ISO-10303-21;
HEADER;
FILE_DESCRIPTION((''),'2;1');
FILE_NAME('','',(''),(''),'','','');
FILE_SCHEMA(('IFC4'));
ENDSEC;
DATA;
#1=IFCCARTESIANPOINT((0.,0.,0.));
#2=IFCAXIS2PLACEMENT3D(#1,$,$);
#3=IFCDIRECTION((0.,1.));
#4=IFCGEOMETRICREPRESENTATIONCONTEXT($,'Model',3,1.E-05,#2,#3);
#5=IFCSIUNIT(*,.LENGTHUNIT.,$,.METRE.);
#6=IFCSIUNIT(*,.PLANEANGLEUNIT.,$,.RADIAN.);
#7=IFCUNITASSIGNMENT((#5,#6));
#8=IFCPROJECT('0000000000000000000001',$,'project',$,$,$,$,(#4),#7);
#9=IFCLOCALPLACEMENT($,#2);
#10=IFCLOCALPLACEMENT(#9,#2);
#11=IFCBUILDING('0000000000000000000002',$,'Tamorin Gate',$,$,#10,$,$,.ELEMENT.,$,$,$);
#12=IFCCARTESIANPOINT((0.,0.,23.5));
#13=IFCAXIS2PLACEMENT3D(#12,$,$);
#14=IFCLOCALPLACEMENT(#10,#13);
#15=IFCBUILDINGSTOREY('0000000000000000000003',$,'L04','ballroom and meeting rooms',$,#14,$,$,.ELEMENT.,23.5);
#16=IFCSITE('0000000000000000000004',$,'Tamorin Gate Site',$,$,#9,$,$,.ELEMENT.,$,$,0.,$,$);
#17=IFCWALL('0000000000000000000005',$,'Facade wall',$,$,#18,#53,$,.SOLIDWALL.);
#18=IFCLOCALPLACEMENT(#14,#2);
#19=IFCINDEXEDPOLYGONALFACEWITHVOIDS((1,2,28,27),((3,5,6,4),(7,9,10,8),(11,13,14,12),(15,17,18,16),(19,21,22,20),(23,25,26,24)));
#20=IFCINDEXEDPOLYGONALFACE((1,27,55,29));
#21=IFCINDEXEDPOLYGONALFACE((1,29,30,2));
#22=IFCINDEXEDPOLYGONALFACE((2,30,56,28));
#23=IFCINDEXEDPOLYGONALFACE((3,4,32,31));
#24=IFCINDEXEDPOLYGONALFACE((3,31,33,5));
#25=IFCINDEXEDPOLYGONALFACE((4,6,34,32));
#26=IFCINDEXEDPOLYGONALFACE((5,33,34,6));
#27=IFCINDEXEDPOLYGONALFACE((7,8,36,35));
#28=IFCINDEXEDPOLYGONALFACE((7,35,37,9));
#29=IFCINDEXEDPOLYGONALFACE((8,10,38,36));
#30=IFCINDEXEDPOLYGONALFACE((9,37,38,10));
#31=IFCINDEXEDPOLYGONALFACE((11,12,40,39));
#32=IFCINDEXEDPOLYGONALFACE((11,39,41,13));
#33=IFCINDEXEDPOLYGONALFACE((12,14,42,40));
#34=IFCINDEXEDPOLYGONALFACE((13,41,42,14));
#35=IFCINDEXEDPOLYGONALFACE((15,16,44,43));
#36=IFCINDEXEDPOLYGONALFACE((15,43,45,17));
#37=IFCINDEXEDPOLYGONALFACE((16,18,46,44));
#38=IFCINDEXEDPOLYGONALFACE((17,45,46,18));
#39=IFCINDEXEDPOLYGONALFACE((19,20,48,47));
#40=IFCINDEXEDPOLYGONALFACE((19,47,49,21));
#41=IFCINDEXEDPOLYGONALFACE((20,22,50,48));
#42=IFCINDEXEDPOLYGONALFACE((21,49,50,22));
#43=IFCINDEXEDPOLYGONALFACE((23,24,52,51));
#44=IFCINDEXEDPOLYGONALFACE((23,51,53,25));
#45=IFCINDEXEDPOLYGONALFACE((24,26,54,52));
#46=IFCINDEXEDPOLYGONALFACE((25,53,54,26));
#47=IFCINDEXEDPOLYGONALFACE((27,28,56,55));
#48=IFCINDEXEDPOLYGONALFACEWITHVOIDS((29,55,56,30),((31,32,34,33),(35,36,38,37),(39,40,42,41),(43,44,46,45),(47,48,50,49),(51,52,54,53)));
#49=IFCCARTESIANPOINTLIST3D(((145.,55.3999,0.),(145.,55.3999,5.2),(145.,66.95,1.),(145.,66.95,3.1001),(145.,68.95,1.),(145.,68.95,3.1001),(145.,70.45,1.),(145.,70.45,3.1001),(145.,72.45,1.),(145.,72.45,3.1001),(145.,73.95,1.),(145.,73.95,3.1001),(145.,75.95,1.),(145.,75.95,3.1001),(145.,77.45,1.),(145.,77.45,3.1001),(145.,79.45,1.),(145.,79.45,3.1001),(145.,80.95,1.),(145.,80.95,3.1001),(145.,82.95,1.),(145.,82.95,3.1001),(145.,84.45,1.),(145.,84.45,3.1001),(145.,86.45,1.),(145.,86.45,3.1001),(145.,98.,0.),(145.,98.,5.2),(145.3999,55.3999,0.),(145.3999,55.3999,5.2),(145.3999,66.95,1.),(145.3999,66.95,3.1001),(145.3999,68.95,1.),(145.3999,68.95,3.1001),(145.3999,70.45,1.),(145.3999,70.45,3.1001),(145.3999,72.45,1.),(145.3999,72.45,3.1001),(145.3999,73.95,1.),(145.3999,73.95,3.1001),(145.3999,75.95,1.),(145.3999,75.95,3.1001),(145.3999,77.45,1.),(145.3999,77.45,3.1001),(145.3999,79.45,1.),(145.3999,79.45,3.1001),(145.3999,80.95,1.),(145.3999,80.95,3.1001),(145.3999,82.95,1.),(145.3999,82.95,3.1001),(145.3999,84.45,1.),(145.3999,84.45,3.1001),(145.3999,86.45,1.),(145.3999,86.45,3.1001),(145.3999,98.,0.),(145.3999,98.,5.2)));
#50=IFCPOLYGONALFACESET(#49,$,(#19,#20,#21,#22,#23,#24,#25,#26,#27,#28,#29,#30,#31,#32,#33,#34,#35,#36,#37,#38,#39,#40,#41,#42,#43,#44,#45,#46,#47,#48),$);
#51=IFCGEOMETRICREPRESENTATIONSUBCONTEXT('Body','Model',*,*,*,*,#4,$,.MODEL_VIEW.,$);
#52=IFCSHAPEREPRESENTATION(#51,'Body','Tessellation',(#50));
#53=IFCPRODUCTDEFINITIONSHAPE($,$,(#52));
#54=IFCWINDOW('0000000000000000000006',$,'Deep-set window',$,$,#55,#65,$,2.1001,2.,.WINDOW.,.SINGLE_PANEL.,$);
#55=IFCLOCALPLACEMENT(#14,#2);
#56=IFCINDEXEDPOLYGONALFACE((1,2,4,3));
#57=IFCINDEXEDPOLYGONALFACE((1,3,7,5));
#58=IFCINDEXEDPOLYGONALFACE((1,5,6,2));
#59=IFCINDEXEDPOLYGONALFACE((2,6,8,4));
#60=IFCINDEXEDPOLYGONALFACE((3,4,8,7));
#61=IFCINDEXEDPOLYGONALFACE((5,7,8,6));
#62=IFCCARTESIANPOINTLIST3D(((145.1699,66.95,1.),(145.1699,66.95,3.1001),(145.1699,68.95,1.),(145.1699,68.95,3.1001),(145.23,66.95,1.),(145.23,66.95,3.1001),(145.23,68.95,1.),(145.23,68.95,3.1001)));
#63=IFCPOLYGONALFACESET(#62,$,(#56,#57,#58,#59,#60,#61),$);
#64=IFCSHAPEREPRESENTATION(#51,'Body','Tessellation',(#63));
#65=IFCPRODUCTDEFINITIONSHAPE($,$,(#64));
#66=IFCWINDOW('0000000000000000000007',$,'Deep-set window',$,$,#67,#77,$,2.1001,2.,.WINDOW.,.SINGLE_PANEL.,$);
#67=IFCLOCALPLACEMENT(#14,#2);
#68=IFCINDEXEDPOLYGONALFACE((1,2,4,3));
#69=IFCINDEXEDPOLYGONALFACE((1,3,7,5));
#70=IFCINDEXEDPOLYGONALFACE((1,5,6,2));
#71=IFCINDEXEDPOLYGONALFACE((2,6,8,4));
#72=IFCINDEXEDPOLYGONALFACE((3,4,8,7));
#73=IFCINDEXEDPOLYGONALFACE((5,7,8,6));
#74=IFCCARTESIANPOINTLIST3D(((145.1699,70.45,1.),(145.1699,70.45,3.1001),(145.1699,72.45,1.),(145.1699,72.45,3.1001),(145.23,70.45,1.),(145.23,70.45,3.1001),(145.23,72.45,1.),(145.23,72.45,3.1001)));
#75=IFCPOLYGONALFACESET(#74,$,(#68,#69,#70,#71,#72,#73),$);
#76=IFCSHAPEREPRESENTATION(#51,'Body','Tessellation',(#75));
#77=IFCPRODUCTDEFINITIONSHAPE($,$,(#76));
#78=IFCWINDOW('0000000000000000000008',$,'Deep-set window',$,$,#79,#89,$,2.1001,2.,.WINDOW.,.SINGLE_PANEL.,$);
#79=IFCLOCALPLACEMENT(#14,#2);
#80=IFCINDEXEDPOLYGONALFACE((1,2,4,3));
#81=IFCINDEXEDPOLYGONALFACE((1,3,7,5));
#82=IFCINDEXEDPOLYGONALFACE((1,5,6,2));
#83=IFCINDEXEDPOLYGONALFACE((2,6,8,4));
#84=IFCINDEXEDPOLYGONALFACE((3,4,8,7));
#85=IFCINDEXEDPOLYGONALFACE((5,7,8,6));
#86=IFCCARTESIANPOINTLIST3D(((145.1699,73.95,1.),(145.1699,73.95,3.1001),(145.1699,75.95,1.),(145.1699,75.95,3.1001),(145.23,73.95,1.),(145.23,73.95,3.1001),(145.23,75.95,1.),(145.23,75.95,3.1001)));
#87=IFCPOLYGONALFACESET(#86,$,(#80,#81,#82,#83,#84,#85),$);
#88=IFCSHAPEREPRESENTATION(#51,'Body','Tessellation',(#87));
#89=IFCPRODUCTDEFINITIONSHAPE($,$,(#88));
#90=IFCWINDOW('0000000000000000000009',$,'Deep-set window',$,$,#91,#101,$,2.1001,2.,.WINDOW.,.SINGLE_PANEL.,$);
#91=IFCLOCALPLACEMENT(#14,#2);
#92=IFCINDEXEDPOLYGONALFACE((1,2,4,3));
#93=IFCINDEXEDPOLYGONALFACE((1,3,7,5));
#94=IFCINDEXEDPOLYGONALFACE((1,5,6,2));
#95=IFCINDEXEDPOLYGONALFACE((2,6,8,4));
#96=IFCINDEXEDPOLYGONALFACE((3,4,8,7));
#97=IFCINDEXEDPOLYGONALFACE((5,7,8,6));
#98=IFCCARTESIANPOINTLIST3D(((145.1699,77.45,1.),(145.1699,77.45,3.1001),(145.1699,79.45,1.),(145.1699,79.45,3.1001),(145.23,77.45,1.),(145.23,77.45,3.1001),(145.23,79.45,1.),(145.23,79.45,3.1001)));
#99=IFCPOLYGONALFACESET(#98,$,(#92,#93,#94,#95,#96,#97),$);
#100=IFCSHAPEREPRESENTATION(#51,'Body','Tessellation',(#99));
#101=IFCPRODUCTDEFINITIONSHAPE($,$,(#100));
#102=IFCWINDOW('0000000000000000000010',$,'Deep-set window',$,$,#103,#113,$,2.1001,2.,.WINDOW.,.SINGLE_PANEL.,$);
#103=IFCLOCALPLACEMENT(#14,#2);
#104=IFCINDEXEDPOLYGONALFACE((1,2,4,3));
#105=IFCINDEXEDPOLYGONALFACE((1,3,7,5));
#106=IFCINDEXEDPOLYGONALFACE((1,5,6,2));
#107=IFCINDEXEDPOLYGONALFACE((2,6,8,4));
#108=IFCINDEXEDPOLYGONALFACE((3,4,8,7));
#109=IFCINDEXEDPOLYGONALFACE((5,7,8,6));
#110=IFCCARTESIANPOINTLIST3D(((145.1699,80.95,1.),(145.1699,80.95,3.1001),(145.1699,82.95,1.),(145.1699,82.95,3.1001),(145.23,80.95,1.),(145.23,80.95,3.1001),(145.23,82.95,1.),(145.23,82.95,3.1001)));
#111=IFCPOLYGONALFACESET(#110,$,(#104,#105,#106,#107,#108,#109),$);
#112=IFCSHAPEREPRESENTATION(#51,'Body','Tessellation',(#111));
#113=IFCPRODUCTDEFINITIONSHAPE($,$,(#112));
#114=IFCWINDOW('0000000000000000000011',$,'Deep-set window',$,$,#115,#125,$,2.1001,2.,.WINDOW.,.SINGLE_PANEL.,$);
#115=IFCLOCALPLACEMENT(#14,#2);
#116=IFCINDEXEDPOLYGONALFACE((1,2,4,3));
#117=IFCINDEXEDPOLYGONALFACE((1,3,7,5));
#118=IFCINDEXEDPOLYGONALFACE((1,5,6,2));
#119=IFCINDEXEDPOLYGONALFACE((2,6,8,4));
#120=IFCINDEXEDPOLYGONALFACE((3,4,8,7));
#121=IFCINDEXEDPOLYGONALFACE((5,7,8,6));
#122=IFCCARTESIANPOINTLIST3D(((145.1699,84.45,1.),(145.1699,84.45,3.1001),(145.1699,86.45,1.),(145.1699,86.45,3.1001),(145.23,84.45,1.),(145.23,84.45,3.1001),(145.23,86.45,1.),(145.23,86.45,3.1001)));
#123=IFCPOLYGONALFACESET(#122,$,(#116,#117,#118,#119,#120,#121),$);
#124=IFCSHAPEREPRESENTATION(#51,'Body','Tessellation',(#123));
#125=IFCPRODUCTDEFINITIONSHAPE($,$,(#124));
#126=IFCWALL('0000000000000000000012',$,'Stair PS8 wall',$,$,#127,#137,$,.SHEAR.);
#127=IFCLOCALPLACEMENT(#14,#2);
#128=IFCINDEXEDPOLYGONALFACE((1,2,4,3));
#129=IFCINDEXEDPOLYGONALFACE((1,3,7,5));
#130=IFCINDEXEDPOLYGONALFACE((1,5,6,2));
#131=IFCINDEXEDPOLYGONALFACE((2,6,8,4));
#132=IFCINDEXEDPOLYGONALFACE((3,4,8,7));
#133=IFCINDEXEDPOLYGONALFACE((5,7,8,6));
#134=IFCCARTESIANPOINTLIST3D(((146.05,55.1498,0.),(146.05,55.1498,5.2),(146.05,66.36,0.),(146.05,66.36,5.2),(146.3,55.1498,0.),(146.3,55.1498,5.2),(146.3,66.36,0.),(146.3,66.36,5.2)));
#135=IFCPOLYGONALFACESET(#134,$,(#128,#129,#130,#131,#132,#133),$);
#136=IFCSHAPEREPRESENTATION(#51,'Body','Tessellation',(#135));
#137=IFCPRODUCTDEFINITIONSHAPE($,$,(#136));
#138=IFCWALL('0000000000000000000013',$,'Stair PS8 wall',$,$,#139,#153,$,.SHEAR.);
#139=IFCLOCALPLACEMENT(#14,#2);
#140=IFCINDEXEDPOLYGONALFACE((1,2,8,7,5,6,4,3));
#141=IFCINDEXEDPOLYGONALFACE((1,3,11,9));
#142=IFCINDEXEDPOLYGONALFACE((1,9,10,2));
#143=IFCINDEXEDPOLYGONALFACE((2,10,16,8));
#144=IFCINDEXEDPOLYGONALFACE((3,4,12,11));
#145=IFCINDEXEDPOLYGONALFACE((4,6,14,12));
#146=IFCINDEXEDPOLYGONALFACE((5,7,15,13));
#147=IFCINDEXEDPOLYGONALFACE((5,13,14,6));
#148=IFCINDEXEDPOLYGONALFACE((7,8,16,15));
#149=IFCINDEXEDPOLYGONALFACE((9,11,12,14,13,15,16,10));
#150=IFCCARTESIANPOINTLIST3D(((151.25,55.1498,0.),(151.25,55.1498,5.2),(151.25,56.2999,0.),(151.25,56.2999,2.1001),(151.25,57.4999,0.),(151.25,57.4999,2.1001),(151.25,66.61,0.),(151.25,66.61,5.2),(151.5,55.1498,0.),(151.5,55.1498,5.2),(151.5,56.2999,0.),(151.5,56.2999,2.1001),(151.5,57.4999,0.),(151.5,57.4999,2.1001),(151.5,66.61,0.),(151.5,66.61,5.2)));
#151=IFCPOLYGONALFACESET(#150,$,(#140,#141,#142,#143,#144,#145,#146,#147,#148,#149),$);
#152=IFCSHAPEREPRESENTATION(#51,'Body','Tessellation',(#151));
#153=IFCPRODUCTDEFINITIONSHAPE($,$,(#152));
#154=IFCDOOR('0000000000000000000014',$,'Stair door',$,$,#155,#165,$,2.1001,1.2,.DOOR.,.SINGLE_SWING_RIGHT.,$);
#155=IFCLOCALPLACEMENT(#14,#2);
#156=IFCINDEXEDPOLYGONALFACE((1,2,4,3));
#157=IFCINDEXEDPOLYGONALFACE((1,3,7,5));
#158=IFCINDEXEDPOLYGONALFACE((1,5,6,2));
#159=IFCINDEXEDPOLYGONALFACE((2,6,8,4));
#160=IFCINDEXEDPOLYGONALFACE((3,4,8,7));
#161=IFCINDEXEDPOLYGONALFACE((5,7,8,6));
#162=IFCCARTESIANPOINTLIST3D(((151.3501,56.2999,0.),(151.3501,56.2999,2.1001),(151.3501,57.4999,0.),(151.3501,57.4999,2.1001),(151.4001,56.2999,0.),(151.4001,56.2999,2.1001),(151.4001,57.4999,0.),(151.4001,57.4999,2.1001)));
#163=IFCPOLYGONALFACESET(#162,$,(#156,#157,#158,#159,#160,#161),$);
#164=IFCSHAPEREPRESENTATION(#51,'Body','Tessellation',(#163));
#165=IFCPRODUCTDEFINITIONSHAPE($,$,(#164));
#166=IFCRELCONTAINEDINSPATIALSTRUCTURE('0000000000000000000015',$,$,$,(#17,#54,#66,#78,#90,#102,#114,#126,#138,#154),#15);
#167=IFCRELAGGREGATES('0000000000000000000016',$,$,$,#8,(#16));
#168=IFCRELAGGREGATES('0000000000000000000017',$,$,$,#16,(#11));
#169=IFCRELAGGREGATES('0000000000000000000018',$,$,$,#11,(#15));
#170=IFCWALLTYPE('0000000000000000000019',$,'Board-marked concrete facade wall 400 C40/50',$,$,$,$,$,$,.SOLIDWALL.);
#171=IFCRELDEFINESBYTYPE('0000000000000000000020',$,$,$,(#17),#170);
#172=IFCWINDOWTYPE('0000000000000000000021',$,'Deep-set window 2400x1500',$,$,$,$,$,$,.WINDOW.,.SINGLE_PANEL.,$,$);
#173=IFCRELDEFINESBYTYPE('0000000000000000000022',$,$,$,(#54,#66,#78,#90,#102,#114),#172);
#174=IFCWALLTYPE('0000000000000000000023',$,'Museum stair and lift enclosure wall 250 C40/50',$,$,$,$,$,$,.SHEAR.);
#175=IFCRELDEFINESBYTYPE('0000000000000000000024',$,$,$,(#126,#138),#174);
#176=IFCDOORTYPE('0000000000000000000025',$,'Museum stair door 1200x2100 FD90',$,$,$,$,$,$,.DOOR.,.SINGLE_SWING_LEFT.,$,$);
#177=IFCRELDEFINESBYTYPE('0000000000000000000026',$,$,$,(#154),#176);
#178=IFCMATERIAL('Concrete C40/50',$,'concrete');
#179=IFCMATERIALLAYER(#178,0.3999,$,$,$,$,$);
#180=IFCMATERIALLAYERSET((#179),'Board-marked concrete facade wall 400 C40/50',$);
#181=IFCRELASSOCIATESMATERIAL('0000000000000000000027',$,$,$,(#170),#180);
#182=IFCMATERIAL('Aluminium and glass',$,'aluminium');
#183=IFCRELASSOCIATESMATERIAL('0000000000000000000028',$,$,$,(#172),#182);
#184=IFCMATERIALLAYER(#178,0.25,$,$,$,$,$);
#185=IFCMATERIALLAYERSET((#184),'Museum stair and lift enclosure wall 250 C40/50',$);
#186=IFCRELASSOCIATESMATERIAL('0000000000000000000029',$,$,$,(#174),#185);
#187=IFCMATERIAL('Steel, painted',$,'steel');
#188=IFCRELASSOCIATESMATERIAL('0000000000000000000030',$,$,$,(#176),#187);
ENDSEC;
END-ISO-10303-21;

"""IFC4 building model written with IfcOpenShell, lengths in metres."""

from ifc_helpers import new_model, si_unit, direction, frame, frame_2d, origin, place, context, subcontext, project, spatial, rectangle, extrude, material, layer, layer_set, type_object, element, fill, save


model = new_model("IFC4")

# Units and contexts
model_context = context("Model", 3, precision=1e-05, world=origin(), true_north=direction((0.0, 1.0)))
body_context = subcontext(model_context, "Body", "Model", "MODEL_VIEW")
ifc_project = project(units=[si_unit("LENGTHUNIT", "METRE"), si_unit("PLANEANGLEUNIT", "RADIAN")], contexts=[model_context])

# Site, building, storey
site_placement = place(None, origin())
site = spatial("IfcSite", under=ifc_project, at=site_placement, Name="Tamorin Gate Site", CompositionType="ELEMENT", RefElevation=0.0)
building_placement = place(site_placement, origin())
building = spatial("IfcBuilding", under=site, at=building_placement, Name="Tamorin Gate", CompositionType="ELEMENT")
storey_placement = place(building_placement, frame((0.0, 0.0, 23.5)))
storey = spatial("IfcBuildingStorey", under=building, at=storey_placement, Name="L04", Description="ballroom and meeting rooms", CompositionType="ELEMENT", Elevation=23.5)

# Shared definitions
ifc_material_1 = material(Name="Steel, painted", Category="steel")

# Shared definitions
ifc_material_2 = material(Name="Concrete C40/50", Category="concrete")
ifc_layer_1 = layer(ifc_material_2, 0.3999)
ifc_layer_set_1 = layer_set([ifc_layer_1], Name="Board-marked concrete facade wall 400 C40/50")
wall_type_1 = type_object("IfcWallType", Name="Board-marked concrete facade wall 400 C40/50", PredefinedType="SOLIDWALL", material=ifc_layer_set_1)

# Wall, openings, windows
wall_1_placement = place(storey_placement, frame((145.2, 55.3999, 0.0), z_axis=(0.0, 0.0, 1.0), x_axis=(0.0, 1.0, 0.0)))
wall_1 = element("IfcWall", 1, at=wall_1_placement, inside=storey, type_object=wall_type_1, Name="Facade wall", PredefinedType="SOLIDWALL", context=body_context, shape_type="SweptSolid", body=[
    extrude(rectangle(XDim=42.6001, YDim=0.3999, at=frame_2d((21.3, 0.0))), origin(), (0.0, 0.0, 1.0), 5.2),
])
opening_1_placement = place(wall_1_placement, frame((11.55, 0.0, 1.0)))
opening_1 = element("IfcOpeningElement", 2, at=opening_1_placement, cuts=wall_1, PredefinedType="OPENING", context=body_context, shape_type="SweptSolid", body=[
    extrude(rectangle(XDim=2.0, YDim=2.1001, at=frame_2d((1.0, 1.05))), frame((0.0, 0.21, 0.0), z_axis=(0.0, -1.0, 0.0), x_axis=(1.0, 0.0, 0.0)), (0.0, 0.0, 1.0), 0.4199),
])
opening_2_placement = place(wall_1_placement, frame((15.05, 0.0, 1.0)))
opening_2 = element("IfcOpeningElement", 3, at=opening_2_placement, cuts=wall_1, PredefinedType="OPENING", context=body_context, shape_type="SweptSolid", body=[
    extrude(rectangle(XDim=2.0, YDim=2.1001, at=frame_2d((1.0, 1.05))), frame((0.0, 0.21, 0.0), z_axis=(0.0, -1.0, 0.0), x_axis=(1.0, 0.0, 0.0)), (0.0, 0.0, 1.0), 0.4199),
])
opening_3_placement = place(wall_1_placement, frame((18.55, 0.0, 1.0)))
opening_3 = element("IfcOpeningElement", 4, at=opening_3_placement, cuts=wall_1, PredefinedType="OPENING", context=body_context, shape_type="SweptSolid", body=[
    extrude(rectangle(XDim=2.0, YDim=2.1001, at=frame_2d((1.0, 1.05))), frame((0.0, 0.21, 0.0), z_axis=(0.0, -1.0, 0.0), x_axis=(1.0, 0.0, 0.0)), (0.0, 0.0, 1.0), 0.4199),
])
opening_4_placement = place(wall_1_placement, frame((22.05, 0.0, 1.0)))
opening_4 = element("IfcOpeningElement", 5, at=opening_4_placement, cuts=wall_1, PredefinedType="OPENING", context=body_context, shape_type="SweptSolid", body=[
    extrude(rectangle(XDim=2.0, YDim=2.1001, at=frame_2d((1.0, 1.05))), frame((0.0, 0.21, 0.0), z_axis=(0.0, -1.0, 0.0), x_axis=(1.0, 0.0, 0.0)), (0.0, 0.0, 1.0), 0.4199),
])
opening_5_placement = place(wall_1_placement, frame((25.55, 0.0, 1.0)))
opening_5 = element("IfcOpeningElement", 6, at=opening_5_placement, cuts=wall_1, PredefinedType="OPENING", context=body_context, shape_type="SweptSolid", body=[
    extrude(rectangle(XDim=2.0, YDim=2.1001, at=frame_2d((1.0, 1.05))), frame((0.0, 0.21, 0.0), z_axis=(0.0, -1.0, 0.0), x_axis=(1.0, 0.0, 0.0)), (0.0, 0.0, 1.0), 0.4199),
])
opening_6_placement = place(wall_1_placement, frame((29.05, 0.0, 1.0)))
opening_6 = element("IfcOpeningElement", 7, at=opening_6_placement, cuts=wall_1, PredefinedType="OPENING", context=body_context, shape_type="SweptSolid", body=[
    extrude(rectangle(XDim=2.0, YDim=2.1001, at=frame_2d((1.0, 1.05))), frame((0.0, 0.21, 0.0), z_axis=(0.0, -1.0, 0.0), x_axis=(1.0, 0.0, 0.0)), (0.0, 0.0, 1.0), 0.4199),
])
ifc_material_3 = material(Name="Aluminium and glass", Category="aluminium")
window_type = type_object("IfcWindowType", Name="Deep-set window 2400x1500", PartitioningType="SINGLE_PANEL", PredefinedType="WINDOW", material=ifc_material_3)
window_1_placement = place(opening_1_placement, origin())
window_1 = element("IfcWindow", 8, at=window_1_placement, inside=storey, type_object=window_type, Name="Deep-set window", OverallHeight=2.1001, OverallWidth=2.0, PartitioningType="SINGLE_PANEL", PredefinedType="WINDOW", context=body_context, shape_type="SweptSolid", body=[
    extrude(rectangle(XDim=2.0, YDim=2.1001, at=frame_2d((1.0, 1.05))), frame((0.0, 0.03, 0.0), z_axis=(0.0, -1.0, 0.0), x_axis=(1.0, 0.0, 0.0)), (0.0, 0.0, 1.0), 0.0601),
])
fill(opening_1, window_1)
window_2_placement = place(opening_2_placement, origin())
window_2 = element("IfcWindow", 9, at=window_2_placement, inside=storey, type_object=window_type, Name="Deep-set window", OverallHeight=2.1001, OverallWidth=2.0, PartitioningType="SINGLE_PANEL", PredefinedType="WINDOW", context=body_context, shape_type="SweptSolid", body=[
    extrude(rectangle(XDim=2.0, YDim=2.1001, at=frame_2d((1.0, 1.05))), frame((0.0, 0.03, 0.0), z_axis=(0.0, -1.0, 0.0), x_axis=(1.0, 0.0, 0.0)), (0.0, 0.0, 1.0), 0.0601),
])
fill(opening_2, window_2)
window_3_placement = place(opening_3_placement, origin())
window_3 = element("IfcWindow", 10, at=window_3_placement, inside=storey, type_object=window_type, Name="Deep-set window", OverallHeight=2.1001, OverallWidth=2.0, PartitioningType="SINGLE_PANEL", PredefinedType="WINDOW", context=body_context, shape_type="SweptSolid", body=[
    extrude(rectangle(XDim=2.0, YDim=2.1001, at=frame_2d((1.0, 1.05))), frame((0.0, 0.03, 0.0), z_axis=(0.0, -1.0, 0.0), x_axis=(1.0, 0.0, 0.0)), (0.0, 0.0, 1.0), 0.0601),
])
fill(opening_3, window_3)
window_4_placement = place(opening_4_placement, origin())
window_4 = element("IfcWindow", 11, at=window_4_placement, inside=storey, type_object=window_type, Name="Deep-set window", OverallHeight=2.1001, OverallWidth=2.0, PartitioningType="SINGLE_PANEL", PredefinedType="WINDOW", context=body_context, shape_type="SweptSolid", body=[
    extrude(rectangle(XDim=2.0, YDim=2.1001, at=frame_2d((1.0, 1.05))), frame((0.0, 0.03, 0.0), z_axis=(0.0, -1.0, 0.0), x_axis=(1.0, 0.0, 0.0)), (0.0, 0.0, 1.0), 0.0601),
])
fill(opening_4, window_4)
window_5_placement = place(opening_5_placement, origin())
window_5 = element("IfcWindow", 12, at=window_5_placement, inside=storey, type_object=window_type, Name="Deep-set window", OverallHeight=2.1001, OverallWidth=2.0, PartitioningType="SINGLE_PANEL", PredefinedType="WINDOW", context=body_context, shape_type="SweptSolid", body=[
    extrude(rectangle(XDim=2.0, YDim=2.1001, at=frame_2d((1.0, 1.05))), frame((0.0, 0.03, 0.0), z_axis=(0.0, -1.0, 0.0), x_axis=(1.0, 0.0, 0.0)), (0.0, 0.0, 1.0), 0.0601),
])
fill(opening_5, window_5)
window_6_placement = place(opening_6_placement, origin())
window_6 = element("IfcWindow", 13, at=window_6_placement, inside=storey, type_object=window_type, Name="Deep-set window", OverallHeight=2.1001, OverallWidth=2.0, PartitioningType="SINGLE_PANEL", PredefinedType="WINDOW", context=body_context, shape_type="SweptSolid", body=[
    extrude(rectangle(XDim=2.0, YDim=2.1001, at=frame_2d((1.0, 1.05))), frame((0.0, 0.03, 0.0), z_axis=(0.0, -1.0, 0.0), x_axis=(1.0, 0.0, 0.0)), (0.0, 0.0, 1.0), 0.0601),
])
fill(opening_6, window_6)

# Wall
ifc_layer_2 = layer(ifc_material_2, 0.25)
ifc_layer_set_2 = layer_set([ifc_layer_2], Name="Museum stair and lift enclosure wall 250 C40/50")
wall_type_2 = type_object("IfcWallType", Name="Museum stair and lift enclosure wall 250 C40/50", PredefinedType="SHEAR", material=ifc_layer_set_2)
wall_2_placement = place(storey_placement, frame((146.175, 55.1499, 0.0), z_axis=(0.0, 0.0, 1.0), x_axis=(0.0, 1.0, 0.0)))
element("IfcWall", 14, at=wall_2_placement, inside=storey, type_object=wall_type_2, Name="Stair PS8 wall", PredefinedType="SHEAR", context=body_context, shape_type="SweptSolid", body=[
    extrude(rectangle(XDim=11.2102, YDim=0.25, at=frame_2d((5.605, 0.0))), origin(), (0.0, 0.0, 1.0), 5.2),
])

# Wall, opening, door
wall_3_placement = place(storey_placement, frame((151.375, 55.1499, 0.0), z_axis=(0.0, 0.0, 1.0), x_axis=(0.0, 1.0, 0.0)))
wall_3 = element("IfcWall", 15, at=wall_3_placement, inside=storey, type_object=wall_type_2, Name="Stair PS8 wall", PredefinedType="SHEAR", context=body_context, shape_type="SweptSolid", body=[
    extrude(rectangle(XDim=11.4602, YDim=0.25, at=frame_2d((5.73, 0.0))), origin(), (0.0, 0.0, 1.0), 5.2),
])
opening_7_placement = place(wall_3_placement, frame((1.1499, 0.0, 0.0)))
opening_7 = element("IfcOpeningElement", 16, at=opening_7_placement, cuts=wall_3, PredefinedType="OPENING", context=body_context, shape_type="SweptSolid", body=[
    extrude(rectangle(XDim=1.2, YDim=2.1001, at=frame_2d((0.6001, 1.05))), frame((0.0, 0.135, 0.0), z_axis=(0.0, -1.0, 0.0), x_axis=(1.0, 0.0, 0.0)), (0.0, 0.0, 1.0), 0.27),
])
door_type_1 = type_object("IfcDoorType", Name="Museum stair door 1200x2100 FD90", OperationType="SINGLE_SWING_LEFT", PredefinedType="DOOR", material=ifc_material_1)
door_1_placement = place(opening_7_placement, origin())
door_1 = element("IfcDoor", 17, at=door_1_placement, inside=storey, type_object=door_type_1, Name="Stair door", OperationType="SINGLE_SWING_RIGHT", OverallHeight=2.1001, OverallWidth=1.2, PredefinedType="DOOR", context=body_context, shape_type="SweptSolid", body=[
    extrude(rectangle(XDim=1.2, YDim=2.1001, at=frame_2d((0.6001, 1.05))), frame((0.0, 0.0249, 0.0), z_axis=(0.0, -1.0, 0.0), x_axis=(1.0, 0.0, 0.0)), (0.0, 0.0, 1.0), 0.05),
])
fill(opening_7, door_1)

save(model, "model.ifc")
